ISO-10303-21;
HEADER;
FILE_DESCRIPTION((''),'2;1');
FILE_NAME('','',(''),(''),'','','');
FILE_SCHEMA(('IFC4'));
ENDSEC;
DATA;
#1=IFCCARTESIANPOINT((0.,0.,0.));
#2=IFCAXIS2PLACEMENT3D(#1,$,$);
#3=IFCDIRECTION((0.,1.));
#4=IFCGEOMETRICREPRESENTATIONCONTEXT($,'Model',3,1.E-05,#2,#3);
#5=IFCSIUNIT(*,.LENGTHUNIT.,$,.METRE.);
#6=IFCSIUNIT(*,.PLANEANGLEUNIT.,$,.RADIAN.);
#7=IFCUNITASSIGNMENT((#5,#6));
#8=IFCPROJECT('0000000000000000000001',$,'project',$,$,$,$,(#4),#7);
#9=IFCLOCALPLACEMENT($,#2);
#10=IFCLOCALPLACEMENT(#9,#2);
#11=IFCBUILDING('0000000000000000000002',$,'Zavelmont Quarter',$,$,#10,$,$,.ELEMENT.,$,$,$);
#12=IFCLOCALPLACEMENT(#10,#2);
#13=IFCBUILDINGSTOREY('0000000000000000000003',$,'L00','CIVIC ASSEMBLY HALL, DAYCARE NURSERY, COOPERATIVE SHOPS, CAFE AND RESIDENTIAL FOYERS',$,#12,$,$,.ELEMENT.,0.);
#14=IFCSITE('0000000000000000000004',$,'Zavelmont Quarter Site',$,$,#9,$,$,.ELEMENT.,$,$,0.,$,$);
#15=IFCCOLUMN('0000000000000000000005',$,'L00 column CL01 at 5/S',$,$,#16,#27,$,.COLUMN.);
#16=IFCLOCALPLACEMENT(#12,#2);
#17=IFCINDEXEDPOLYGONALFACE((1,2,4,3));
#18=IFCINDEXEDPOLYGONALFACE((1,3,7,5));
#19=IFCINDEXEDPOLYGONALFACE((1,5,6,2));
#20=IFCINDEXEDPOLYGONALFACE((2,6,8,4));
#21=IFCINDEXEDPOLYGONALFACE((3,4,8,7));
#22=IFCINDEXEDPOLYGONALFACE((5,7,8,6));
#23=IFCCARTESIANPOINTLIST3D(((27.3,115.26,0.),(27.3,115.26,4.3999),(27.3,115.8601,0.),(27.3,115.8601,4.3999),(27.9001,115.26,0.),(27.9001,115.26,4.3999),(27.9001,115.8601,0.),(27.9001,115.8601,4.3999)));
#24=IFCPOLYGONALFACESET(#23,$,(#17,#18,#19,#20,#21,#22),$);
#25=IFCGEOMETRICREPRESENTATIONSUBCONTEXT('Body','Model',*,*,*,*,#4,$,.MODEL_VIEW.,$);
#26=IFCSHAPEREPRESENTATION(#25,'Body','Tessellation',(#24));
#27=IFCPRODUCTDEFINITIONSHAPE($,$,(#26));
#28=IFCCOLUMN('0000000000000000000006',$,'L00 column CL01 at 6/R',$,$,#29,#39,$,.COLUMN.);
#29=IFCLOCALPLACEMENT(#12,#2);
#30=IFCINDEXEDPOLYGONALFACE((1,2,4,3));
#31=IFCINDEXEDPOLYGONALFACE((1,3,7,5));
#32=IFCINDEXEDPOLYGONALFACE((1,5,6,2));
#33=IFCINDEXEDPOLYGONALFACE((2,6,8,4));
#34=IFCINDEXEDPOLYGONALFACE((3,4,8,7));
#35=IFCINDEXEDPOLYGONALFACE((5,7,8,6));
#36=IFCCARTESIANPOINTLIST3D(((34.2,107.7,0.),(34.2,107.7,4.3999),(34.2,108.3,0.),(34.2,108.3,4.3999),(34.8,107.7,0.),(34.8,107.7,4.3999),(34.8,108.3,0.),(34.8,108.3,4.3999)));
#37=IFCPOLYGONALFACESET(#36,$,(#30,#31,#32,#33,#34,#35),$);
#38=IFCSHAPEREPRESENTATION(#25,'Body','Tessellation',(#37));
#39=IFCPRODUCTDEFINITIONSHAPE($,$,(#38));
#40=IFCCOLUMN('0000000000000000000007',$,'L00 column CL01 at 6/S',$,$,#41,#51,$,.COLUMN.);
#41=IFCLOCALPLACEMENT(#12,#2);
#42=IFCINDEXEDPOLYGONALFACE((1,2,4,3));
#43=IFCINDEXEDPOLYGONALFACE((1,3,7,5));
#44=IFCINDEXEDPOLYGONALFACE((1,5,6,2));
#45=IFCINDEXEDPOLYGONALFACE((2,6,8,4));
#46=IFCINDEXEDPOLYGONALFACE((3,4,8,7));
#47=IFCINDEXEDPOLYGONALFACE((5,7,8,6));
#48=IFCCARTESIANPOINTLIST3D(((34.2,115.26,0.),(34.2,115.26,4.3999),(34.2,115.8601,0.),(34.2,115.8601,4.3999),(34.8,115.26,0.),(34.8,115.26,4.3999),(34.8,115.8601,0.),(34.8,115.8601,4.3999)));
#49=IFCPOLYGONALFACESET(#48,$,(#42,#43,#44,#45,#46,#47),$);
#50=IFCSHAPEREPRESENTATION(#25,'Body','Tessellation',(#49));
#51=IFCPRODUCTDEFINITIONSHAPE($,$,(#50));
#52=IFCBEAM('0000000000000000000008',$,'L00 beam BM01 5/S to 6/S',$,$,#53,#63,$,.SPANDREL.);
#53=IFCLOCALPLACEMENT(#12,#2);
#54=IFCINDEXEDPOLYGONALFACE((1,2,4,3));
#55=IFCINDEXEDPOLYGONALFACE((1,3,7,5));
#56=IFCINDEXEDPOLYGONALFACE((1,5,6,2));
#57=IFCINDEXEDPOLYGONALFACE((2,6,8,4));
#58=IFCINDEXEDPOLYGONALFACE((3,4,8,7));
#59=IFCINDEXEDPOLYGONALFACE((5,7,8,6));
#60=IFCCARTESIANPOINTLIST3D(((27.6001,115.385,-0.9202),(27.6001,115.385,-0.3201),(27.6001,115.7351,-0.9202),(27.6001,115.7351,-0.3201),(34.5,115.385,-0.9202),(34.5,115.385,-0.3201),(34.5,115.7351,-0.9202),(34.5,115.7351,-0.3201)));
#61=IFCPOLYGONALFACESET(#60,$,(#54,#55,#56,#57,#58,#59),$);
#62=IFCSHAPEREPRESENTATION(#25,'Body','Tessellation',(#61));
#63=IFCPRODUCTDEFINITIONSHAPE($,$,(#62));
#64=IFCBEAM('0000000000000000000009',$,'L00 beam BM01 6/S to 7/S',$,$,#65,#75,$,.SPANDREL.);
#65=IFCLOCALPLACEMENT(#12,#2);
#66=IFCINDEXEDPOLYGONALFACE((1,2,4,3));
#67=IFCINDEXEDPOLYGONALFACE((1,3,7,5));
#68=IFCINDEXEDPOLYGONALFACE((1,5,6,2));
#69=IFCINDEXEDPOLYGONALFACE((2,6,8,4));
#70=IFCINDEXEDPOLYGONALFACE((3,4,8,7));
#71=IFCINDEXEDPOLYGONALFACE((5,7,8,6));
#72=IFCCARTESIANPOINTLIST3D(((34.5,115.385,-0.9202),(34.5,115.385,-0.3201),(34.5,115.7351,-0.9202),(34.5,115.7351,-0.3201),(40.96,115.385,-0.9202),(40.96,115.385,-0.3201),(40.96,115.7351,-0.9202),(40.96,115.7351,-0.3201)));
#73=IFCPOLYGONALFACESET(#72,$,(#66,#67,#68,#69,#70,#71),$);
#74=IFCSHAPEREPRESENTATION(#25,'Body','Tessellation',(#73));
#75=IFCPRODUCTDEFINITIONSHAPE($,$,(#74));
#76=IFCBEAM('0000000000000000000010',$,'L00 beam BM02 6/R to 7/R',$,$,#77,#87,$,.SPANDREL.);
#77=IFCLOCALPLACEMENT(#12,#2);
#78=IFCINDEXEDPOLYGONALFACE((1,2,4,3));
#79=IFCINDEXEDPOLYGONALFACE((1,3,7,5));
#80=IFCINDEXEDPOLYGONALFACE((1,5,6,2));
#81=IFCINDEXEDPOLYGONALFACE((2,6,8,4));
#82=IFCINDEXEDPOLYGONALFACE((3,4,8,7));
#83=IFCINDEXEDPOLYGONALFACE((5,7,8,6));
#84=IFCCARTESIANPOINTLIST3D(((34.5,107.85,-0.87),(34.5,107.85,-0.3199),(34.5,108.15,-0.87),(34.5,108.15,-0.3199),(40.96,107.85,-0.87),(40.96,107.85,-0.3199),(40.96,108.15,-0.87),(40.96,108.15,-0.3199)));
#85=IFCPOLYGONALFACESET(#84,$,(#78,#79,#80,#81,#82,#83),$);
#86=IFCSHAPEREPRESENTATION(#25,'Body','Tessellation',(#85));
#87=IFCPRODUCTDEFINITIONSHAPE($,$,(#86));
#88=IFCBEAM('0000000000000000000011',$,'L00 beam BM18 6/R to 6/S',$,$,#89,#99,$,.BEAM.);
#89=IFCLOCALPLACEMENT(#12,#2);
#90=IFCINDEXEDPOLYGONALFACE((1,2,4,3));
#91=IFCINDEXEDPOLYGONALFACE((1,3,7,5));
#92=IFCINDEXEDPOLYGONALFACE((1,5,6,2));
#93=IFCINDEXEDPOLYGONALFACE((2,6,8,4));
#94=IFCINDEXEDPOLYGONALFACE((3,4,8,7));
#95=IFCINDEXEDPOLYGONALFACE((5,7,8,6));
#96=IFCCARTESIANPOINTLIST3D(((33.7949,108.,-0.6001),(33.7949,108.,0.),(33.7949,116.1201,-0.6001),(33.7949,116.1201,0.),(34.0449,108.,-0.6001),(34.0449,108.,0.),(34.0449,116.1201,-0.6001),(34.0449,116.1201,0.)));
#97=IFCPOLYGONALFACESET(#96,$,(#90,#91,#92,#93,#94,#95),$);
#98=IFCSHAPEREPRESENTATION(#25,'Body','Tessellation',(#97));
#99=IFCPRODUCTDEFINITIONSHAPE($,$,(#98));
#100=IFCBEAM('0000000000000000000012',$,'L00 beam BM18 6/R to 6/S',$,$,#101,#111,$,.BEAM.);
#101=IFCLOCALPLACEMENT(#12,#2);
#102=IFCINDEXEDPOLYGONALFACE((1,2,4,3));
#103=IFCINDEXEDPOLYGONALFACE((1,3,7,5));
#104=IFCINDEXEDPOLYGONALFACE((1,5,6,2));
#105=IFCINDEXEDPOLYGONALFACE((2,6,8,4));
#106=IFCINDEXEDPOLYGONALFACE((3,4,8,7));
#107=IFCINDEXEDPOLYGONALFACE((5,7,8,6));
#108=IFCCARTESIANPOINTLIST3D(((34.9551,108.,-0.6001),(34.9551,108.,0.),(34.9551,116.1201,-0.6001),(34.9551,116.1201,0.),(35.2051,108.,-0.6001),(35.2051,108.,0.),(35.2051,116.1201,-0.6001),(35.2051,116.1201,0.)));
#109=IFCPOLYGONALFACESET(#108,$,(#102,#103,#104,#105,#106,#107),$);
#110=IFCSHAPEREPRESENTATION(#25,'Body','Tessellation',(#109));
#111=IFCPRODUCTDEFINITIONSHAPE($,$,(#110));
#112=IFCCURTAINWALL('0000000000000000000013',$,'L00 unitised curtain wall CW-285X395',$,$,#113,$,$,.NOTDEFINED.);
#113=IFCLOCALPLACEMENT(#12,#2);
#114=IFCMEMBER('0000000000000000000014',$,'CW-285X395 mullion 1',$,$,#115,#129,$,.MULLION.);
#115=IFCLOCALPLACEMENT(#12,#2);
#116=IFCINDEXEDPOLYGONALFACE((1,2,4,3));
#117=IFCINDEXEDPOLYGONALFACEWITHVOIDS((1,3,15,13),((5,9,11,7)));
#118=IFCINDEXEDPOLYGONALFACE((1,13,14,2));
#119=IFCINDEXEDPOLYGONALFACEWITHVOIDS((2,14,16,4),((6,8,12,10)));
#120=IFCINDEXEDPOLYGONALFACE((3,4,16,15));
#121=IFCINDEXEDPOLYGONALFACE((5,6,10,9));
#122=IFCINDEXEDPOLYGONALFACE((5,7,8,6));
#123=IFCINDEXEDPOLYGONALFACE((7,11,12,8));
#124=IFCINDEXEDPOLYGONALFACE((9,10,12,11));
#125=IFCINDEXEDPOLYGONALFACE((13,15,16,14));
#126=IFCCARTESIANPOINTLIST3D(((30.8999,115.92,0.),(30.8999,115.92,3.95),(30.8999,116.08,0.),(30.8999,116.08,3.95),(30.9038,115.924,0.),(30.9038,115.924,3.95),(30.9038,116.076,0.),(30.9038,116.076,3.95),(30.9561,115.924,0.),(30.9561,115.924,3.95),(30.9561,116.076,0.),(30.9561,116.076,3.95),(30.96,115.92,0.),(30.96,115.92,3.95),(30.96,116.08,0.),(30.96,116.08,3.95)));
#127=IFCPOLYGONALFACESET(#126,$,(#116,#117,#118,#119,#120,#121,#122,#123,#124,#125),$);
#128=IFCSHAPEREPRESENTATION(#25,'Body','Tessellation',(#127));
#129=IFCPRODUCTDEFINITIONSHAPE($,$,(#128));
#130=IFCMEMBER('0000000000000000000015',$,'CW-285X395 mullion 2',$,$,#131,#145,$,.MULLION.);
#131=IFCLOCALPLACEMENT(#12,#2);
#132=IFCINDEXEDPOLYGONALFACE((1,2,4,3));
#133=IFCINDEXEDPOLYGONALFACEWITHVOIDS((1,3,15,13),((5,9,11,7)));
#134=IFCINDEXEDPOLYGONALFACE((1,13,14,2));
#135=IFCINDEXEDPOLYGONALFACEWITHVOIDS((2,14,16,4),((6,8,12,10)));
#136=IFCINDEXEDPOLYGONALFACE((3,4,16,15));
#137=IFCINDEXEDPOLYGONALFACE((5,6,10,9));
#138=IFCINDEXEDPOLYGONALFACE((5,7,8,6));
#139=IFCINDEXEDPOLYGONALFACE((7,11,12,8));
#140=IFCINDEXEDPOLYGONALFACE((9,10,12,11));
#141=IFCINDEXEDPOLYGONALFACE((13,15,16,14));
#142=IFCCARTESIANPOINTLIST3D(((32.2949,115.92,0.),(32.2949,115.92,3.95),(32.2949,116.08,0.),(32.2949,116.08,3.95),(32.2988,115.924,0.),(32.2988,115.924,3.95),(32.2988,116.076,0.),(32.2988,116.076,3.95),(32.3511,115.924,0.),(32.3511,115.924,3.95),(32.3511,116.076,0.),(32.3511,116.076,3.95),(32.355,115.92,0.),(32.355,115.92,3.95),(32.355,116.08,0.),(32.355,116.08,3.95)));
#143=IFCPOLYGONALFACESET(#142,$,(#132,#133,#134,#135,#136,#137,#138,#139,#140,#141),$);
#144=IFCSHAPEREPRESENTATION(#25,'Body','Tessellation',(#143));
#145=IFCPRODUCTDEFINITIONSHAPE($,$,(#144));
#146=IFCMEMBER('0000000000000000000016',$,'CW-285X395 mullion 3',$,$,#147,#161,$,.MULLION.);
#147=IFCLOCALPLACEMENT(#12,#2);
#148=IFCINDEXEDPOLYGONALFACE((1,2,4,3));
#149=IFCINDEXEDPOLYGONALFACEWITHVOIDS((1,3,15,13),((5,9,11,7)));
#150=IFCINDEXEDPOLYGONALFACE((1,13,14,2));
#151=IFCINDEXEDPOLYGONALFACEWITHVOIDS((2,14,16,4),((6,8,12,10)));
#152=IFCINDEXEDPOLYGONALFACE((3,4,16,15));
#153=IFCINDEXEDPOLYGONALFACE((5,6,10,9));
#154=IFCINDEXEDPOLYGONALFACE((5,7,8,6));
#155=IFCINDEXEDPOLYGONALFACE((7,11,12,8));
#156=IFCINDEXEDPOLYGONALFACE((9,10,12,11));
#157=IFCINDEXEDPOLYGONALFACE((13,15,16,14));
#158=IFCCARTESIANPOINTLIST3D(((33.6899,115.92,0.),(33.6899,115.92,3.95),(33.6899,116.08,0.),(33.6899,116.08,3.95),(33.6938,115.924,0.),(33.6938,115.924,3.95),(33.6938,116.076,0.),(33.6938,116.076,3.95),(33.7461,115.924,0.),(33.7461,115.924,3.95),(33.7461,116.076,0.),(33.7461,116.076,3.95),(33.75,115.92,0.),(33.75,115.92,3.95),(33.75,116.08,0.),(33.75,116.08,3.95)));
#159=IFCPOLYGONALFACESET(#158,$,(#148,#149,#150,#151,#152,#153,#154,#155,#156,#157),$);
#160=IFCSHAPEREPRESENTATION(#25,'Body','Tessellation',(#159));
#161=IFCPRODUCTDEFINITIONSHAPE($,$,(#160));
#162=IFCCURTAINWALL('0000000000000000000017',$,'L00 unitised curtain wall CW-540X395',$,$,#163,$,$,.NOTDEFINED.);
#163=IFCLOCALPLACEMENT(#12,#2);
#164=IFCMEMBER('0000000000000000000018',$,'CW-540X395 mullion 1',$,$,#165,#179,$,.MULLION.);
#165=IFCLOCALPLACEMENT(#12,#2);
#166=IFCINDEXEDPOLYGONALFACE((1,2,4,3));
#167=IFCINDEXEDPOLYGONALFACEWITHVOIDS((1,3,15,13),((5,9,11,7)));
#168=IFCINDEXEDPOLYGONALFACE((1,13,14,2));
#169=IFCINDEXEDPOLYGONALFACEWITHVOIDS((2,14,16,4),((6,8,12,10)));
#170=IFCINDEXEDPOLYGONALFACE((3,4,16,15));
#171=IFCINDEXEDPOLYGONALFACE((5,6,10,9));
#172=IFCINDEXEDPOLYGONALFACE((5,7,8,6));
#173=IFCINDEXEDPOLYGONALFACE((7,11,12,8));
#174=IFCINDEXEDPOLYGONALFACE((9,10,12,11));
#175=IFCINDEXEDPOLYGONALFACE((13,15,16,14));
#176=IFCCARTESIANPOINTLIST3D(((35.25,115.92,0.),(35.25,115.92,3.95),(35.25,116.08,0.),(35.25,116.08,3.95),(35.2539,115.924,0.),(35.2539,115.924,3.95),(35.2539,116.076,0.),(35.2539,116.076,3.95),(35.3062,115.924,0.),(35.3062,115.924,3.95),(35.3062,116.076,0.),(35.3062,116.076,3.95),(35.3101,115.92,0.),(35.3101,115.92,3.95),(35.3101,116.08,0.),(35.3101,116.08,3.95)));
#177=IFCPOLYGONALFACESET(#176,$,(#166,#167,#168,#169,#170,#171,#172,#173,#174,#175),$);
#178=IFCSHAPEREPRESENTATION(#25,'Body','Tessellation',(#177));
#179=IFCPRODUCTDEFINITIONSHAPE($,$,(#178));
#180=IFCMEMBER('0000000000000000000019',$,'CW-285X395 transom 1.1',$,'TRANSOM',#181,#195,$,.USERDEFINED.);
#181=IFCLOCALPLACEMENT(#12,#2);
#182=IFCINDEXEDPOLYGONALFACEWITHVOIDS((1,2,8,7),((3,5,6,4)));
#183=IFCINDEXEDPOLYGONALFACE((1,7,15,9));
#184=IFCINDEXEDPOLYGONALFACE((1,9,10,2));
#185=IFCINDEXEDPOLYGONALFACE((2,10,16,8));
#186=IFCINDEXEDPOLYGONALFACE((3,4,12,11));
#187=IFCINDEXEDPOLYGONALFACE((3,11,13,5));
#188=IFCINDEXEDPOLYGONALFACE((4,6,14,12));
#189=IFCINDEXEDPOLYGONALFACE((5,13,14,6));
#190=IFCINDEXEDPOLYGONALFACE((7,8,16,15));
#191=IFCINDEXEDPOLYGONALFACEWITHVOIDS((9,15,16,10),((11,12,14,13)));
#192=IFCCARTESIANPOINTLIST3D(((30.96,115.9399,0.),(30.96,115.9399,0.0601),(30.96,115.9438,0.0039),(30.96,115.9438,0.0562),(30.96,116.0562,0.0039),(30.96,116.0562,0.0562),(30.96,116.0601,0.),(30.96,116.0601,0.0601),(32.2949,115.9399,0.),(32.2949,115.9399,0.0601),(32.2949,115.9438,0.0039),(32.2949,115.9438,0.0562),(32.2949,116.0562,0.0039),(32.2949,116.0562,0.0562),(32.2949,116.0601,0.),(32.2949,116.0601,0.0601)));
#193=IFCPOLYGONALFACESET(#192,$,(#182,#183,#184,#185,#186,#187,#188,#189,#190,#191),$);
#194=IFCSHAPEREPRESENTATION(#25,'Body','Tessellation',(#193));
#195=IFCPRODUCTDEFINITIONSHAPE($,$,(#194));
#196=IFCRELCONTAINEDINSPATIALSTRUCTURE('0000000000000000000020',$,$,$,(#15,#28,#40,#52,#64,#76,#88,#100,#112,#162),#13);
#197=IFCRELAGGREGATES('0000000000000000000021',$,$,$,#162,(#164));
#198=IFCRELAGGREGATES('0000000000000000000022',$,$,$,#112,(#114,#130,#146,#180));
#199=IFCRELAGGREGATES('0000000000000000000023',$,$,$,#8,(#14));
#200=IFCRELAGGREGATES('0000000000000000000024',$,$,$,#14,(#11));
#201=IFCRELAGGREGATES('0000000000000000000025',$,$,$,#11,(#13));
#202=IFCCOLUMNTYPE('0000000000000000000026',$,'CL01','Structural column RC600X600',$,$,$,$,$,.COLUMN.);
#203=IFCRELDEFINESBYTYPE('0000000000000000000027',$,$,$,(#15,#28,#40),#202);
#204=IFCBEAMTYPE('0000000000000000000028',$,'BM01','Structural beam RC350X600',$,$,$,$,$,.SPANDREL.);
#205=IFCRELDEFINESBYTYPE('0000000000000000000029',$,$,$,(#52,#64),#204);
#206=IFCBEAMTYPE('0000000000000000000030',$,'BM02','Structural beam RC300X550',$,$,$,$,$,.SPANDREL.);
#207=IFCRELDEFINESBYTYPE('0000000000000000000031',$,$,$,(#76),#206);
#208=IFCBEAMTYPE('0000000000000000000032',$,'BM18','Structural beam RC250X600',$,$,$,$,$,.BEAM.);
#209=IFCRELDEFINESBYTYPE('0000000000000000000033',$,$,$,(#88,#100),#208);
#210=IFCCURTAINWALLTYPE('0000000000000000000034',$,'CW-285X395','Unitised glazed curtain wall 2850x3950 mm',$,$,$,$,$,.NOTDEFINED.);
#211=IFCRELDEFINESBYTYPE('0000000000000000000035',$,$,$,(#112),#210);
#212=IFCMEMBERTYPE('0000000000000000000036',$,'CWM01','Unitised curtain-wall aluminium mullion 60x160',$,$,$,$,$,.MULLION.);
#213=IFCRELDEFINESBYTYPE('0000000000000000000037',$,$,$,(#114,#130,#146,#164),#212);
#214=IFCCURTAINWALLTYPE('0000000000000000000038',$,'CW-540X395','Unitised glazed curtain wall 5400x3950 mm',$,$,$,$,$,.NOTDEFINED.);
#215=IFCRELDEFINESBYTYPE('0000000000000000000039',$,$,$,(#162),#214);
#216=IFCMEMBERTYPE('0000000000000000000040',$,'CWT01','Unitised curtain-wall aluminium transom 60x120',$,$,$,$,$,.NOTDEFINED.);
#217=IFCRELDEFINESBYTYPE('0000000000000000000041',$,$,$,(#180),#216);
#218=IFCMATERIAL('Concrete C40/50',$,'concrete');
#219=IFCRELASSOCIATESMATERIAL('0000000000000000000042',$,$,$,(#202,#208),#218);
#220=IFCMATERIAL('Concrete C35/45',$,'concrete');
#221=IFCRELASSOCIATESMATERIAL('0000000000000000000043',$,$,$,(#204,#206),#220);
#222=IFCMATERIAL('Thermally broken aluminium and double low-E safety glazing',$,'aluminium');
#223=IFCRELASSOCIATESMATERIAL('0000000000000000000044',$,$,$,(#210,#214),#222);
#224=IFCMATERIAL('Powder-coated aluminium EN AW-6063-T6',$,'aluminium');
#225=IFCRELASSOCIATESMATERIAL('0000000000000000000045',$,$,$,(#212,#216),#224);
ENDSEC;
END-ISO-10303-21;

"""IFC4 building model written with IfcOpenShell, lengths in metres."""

from ifc_helpers import new_model, si_unit, direction, frame, origin, origin_2d, place, context, subcontext, project, spatial, rectangle, hollow_rectangle, extrude, material, material_profile, profile_set, type_object, element, aggregate, save


model = new_model("IFC4")

# Units and contexts
model_context = context("Model", 3, precision=1e-05, world=origin(), true_north=direction((0.0, 1.0)))
body_context = subcontext(model_context, "Body", "Model", "MODEL_VIEW")
ifc_project = project(units=[si_unit("LENGTHUNIT", "METRE"), si_unit("PLANEANGLEUNIT", "RADIAN")], contexts=[model_context])

# Site, building, storey
site_placement = place(None, origin())
site = spatial("IfcSite", under=ifc_project, at=site_placement, Name="Zavelmont Quarter Site", CompositionType="ELEMENT", RefElevation=0.0)
building_placement = place(site_placement, origin())
building = spatial("IfcBuilding", under=site, at=building_placement, Name="Zavelmont Quarter", CompositionType="ELEMENT")
storey_placement = place(building_placement, origin())
storey = spatial("IfcBuildingStorey", under=building, at=storey_placement, Name="L00", Description="CIVIC ASSEMBLY HALL, DAYCARE NURSERY, COOPERATIVE SHOPS, CAFE AND RESIDENTIAL FOYERS", CompositionType="ELEMENT", Elevation=0.0)

# Columns
ifc_material_1 = material(Name="Concrete C40/50", Category="concrete")
ifc_material_profile_1 = material_profile(ifc_material_1, rectangle(XDim=0.6001, YDim=0.6001, at=origin_2d()), Name="RC600X600")
ifc_profile_set_1 = profile_set([ifc_material_profile_1], Name="Concrete C40/50")
column_type = type_object("IfcColumnType", Name="CL01", Description="Structural column RC600X600", PredefinedType="COLUMN", material=ifc_profile_set_1)
for number, where, z_axis, x_axis, name in (
    (1, (27.6001, 115.5601, 0.0), (0.0, 0.0, 1.0), (1.0, 0.0, 0.0), "L00 column CL01 at 5/S"),
    (2, (34.5, 108.0, 0.0), (0.0, 0.0, 1.0), (1.0, 0.0, 0.0), "L00 column CL01 at 6/R"),
    (3, (34.5, 115.5601, 0.0), (0.0, 0.0, 1.0), (1.0, 0.0, 0.0), "L00 column CL01 at 6/S"),
):
    element("IfcColumn", number, at=place(storey_placement, frame(where, z_axis=z_axis, x_axis=x_axis)), inside=storey, type_object=column_type, Name=name, PredefinedType="COLUMN", context=body_context, shape_type="SweptSolid", body=[
        extrude(rectangle(XDim=0.6001, YDim=0.6001, at=origin_2d()), origin(), (0.0, 0.0, 1.0), 4.3999),
    ])

# Beams
ifc_material_2 = material(Name="Concrete C35/45", Category="concrete")
ifc_material_profile_2 = material_profile(ifc_material_2, rectangle(XDim=0.3501, YDim=0.6001, at=origin_2d()), Name="RC350X600")
ifc_profile_set_2 = profile_set([ifc_material_profile_2], Name="Concrete C35/45")
beam_type_1 = type_object("IfcBeamType", Name="BM01", Description="Structural beam RC350X600", PredefinedType="SPANDREL", material=ifc_profile_set_2)
beam_1_placement = place(storey_placement, frame((27.6001, 115.5601, -0.6201), z_axis=(1.0, 0.0, 0.0), x_axis=(0.0, 1.0, 0.0)))
element("IfcBeam", 4, at=beam_1_placement, inside=storey, type_object=beam_type_1, Name="L00 beam BM01 5/S to 6/S", PredefinedType="SPANDREL", context=body_context, shape_type="SweptSolid", body=[
    extrude(rectangle(XDim=0.3501, YDim=0.6001, at=origin_2d()), origin(), (0.0, 0.0, 1.0), 6.8999),
])
beam_2_placement = place(storey_placement, frame((34.5, 115.5601, -0.6201), z_axis=(1.0, 0.0, 0.0), x_axis=(0.0, 1.0, 0.0)))
element("IfcBeam", 5, at=beam_2_placement, inside=storey, type_object=beam_type_1, Name="L00 beam BM01 6/S to 7/S", PredefinedType="SPANDREL", context=body_context, shape_type="SweptSolid", body=[
    extrude(rectangle(XDim=0.3501, YDim=0.6001, at=origin_2d()), origin(), (0.0, 0.0, 1.0), 6.46),
])
ifc_material_profile_3 = material_profile(ifc_material_2, rectangle(XDim=0.3, YDim=0.55, at=origin_2d()), Name="RC300X550")
ifc_profile_set_3 = profile_set([ifc_material_profile_3], Name="Concrete C35/45")
beam_type_2 = type_object("IfcBeamType", Name="BM02", Description="Structural beam RC300X550", PredefinedType="SPANDREL", material=ifc_profile_set_3)
beam_3_placement = place(storey_placement, frame((34.5, 108.0, -0.595), z_axis=(1.0, 0.0, 0.0), x_axis=(0.0, 1.0, 0.0)))
element("IfcBeam", 6, at=beam_3_placement, inside=storey, type_object=beam_type_2, Name="L00 beam BM02 6/R to 7/R", PredefinedType="SPANDREL", context=body_context, shape_type="SweptSolid", body=[
    extrude(rectangle(XDim=0.3, YDim=0.55, at=origin_2d()), origin(), (0.0, 0.0, 1.0), 6.46),
])
ifc_material_profile_4 = material_profile(ifc_material_1, rectangle(XDim=0.25, YDim=0.6001, at=origin_2d()), Name="RC250X600")
ifc_profile_set_4 = profile_set([ifc_material_profile_4], Name="Concrete C40/50")
beam_type_3 = type_object("IfcBeamType", Name="BM18", Description="Structural beam RC250X600", PredefinedType="BEAM", material=ifc_profile_set_4)
for number, where, z_axis, x_axis, name in (
    (7, (33.9199, 108.0, -0.3), (0.0, 1.0, 0.0), (-1.0, 0.0, 0.0), "L00 beam BM18 6/R to 6/S"),
    (8, (35.0801, 108.0, -0.3), (0.0, 1.0, 0.0), (-1.0, 0.0, 0.0), "L00 beam BM18 6/R to 6/S"),
):
    element("IfcBeam", number, at=place(storey_placement, frame(where, z_axis=z_axis, x_axis=x_axis)), inside=storey, type_object=beam_type_3, Name=name, PredefinedType="BEAM", context=body_context, shape_type="SweptSolid", body=[
        extrude(rectangle(XDim=0.25, YDim=0.6001, at=origin_2d()), origin(), (0.0, 0.0, 1.0), 8.1201),
    ])

# Curtain wall, members
ifc_material_3 = material(Name="Thermally broken aluminium and double low-E safety glazing", Category="aluminium")
curtain_wall_type_1 = type_object("IfcCurtainWallType", Name="CW-285X395", Description="Unitised glazed curtain wall 2850x3950 mm", PredefinedType="NOTDEFINED", material=ifc_material_3)
curtain_wall_1_placement = place(storey_placement, origin())
curtain_wall_1 = element("IfcCurtainWall", 9, at=curtain_wall_1_placement, inside=storey, type_object=curtain_wall_type_1, Name="L00 unitised curtain wall CW-285X395", PredefinedType="NOTDEFINED")
ifc_material_4 = material(Name="Powder-coated aluminium EN AW-6063-T6", Category="aluminium")
ifc_material_profile_5 = material_profile(ifc_material_4, hollow_rectangle(XDim=0.0601, YDim=0.1599, WallThickness=0.0039, at=origin_2d()), Name="CWM60X160")
ifc_profile_set_5 = profile_set([ifc_material_profile_5], Name="Powder-coated aluminium EN AW-6063-T6")
member_type_1 = type_object("IfcMemberType", Name="CWM01", Description="Unitised curtain-wall aluminium mullion 60x160", PredefinedType="MULLION", material=ifc_profile_set_5)
member_1_placement = place(storey_placement, frame((30.9299, 116.0, 0.0), z_axis=(0.0, 0.0, 1.0), x_axis=(1.0, 0.0, 0.0)))
member_1 = element("IfcMember", 10, at=member_1_placement, type_object=member_type_1, Name="CW-285X395 mullion 1", PredefinedType="MULLION", context=body_context, shape_type="SweptSolid", body=[
    extrude(hollow_rectangle(XDim=0.0601, YDim=0.1599, WallThickness=0.0039, at=origin_2d()), origin(), (0.0, 0.0, 1.0), 3.95),
])
member_2_placement = place(storey_placement, frame((32.325, 116.0, 0.0), z_axis=(0.0, 0.0, 1.0), x_axis=(1.0, 0.0, 0.0)))
member_2 = element("IfcMember", 11, at=member_2_placement, type_object=member_type_1, Name="CW-285X395 mullion 2", PredefinedType="MULLION", context=body_context, shape_type="SweptSolid", body=[
    extrude(hollow_rectangle(XDim=0.0601, YDim=0.1599, WallThickness=0.0039, at=origin_2d()), origin(), (0.0, 0.0, 1.0), 3.95),
])
member_3_placement = place(storey_placement, frame((33.72, 116.0, 0.0), z_axis=(0.0, 0.0, 1.0), x_axis=(1.0, 0.0, 0.0)))
member_3 = element("IfcMember", 12, at=member_3_placement, type_object=member_type_1, Name="CW-285X395 mullion 3", PredefinedType="MULLION", context=body_context, shape_type="SweptSolid", body=[
    extrude(hollow_rectangle(XDim=0.0601, YDim=0.1599, WallThickness=0.0039, at=origin_2d()), origin(), (0.0, 0.0, 1.0), 3.95),
])

# Curtain wall, member
curtain_wall_type_2 = type_object("IfcCurtainWallType", Name="CW-540X395", Description="Unitised glazed curtain wall 5400x3950 mm", PredefinedType="NOTDEFINED", material=ifc_material_3)
curtain_wall_2_placement = place(storey_placement, origin())
curtain_wall_2 = element("IfcCurtainWall", 13, at=curtain_wall_2_placement, inside=storey, type_object=curtain_wall_type_2, Name="L00 unitised curtain wall CW-540X395", PredefinedType="NOTDEFINED")
member_4_placement = place(storey_placement, frame((35.28, 116.0, 0.0), z_axis=(0.0, 0.0, 1.0), x_axis=(1.0, 0.0, 0.0)))
member_4 = element("IfcMember", 14, at=member_4_placement, type_object=member_type_1, Name="CW-540X395 mullion 1", PredefinedType="MULLION", context=body_context, shape_type="SweptSolid", body=[
    extrude(hollow_rectangle(XDim=0.0601, YDim=0.1599, WallThickness=0.0039, at=origin_2d()), origin(), (0.0, 0.0, 1.0), 3.95),
])

# Member
ifc_material_profile_6 = material_profile(ifc_material_4, hollow_rectangle(XDim=0.1201, YDim=0.0601, WallThickness=0.0039, at=origin_2d()), Name="CWT60X120")
ifc_profile_set_6 = profile_set([ifc_material_profile_6], Name="Powder-coated aluminium EN AW-6063-T6")
member_type_2 = type_object("IfcMemberType", Name="CWT01", Description="Unitised curtain-wall aluminium transom 60x120", PredefinedType="NOTDEFINED", material=ifc_profile_set_6)
member_5_placement = place(storey_placement, frame((30.96, 116.0, 0.03), z_axis=(1.0, 0.0, 0.0), x_axis=(0.0, 1.0, 0.0)))
member_5 = element("IfcMember", 15, at=member_5_placement, type_object=member_type_2, Name="CW-285X395 transom 1.1", ObjectType="TRANSOM", PredefinedType="USERDEFINED", context=body_context, shape_type="SweptSolid", body=[
    extrude(hollow_rectangle(XDim=0.1201, YDim=0.0601, WallThickness=0.0039, at=origin_2d()), origin(), (0.0, 0.0, 1.0), 1.335),
])
aggregate(curtain_wall_2, [member_4])

aggregate(curtain_wall_1, [member_1, member_2, member_3, member_5])

save(model, "model.ifc")
